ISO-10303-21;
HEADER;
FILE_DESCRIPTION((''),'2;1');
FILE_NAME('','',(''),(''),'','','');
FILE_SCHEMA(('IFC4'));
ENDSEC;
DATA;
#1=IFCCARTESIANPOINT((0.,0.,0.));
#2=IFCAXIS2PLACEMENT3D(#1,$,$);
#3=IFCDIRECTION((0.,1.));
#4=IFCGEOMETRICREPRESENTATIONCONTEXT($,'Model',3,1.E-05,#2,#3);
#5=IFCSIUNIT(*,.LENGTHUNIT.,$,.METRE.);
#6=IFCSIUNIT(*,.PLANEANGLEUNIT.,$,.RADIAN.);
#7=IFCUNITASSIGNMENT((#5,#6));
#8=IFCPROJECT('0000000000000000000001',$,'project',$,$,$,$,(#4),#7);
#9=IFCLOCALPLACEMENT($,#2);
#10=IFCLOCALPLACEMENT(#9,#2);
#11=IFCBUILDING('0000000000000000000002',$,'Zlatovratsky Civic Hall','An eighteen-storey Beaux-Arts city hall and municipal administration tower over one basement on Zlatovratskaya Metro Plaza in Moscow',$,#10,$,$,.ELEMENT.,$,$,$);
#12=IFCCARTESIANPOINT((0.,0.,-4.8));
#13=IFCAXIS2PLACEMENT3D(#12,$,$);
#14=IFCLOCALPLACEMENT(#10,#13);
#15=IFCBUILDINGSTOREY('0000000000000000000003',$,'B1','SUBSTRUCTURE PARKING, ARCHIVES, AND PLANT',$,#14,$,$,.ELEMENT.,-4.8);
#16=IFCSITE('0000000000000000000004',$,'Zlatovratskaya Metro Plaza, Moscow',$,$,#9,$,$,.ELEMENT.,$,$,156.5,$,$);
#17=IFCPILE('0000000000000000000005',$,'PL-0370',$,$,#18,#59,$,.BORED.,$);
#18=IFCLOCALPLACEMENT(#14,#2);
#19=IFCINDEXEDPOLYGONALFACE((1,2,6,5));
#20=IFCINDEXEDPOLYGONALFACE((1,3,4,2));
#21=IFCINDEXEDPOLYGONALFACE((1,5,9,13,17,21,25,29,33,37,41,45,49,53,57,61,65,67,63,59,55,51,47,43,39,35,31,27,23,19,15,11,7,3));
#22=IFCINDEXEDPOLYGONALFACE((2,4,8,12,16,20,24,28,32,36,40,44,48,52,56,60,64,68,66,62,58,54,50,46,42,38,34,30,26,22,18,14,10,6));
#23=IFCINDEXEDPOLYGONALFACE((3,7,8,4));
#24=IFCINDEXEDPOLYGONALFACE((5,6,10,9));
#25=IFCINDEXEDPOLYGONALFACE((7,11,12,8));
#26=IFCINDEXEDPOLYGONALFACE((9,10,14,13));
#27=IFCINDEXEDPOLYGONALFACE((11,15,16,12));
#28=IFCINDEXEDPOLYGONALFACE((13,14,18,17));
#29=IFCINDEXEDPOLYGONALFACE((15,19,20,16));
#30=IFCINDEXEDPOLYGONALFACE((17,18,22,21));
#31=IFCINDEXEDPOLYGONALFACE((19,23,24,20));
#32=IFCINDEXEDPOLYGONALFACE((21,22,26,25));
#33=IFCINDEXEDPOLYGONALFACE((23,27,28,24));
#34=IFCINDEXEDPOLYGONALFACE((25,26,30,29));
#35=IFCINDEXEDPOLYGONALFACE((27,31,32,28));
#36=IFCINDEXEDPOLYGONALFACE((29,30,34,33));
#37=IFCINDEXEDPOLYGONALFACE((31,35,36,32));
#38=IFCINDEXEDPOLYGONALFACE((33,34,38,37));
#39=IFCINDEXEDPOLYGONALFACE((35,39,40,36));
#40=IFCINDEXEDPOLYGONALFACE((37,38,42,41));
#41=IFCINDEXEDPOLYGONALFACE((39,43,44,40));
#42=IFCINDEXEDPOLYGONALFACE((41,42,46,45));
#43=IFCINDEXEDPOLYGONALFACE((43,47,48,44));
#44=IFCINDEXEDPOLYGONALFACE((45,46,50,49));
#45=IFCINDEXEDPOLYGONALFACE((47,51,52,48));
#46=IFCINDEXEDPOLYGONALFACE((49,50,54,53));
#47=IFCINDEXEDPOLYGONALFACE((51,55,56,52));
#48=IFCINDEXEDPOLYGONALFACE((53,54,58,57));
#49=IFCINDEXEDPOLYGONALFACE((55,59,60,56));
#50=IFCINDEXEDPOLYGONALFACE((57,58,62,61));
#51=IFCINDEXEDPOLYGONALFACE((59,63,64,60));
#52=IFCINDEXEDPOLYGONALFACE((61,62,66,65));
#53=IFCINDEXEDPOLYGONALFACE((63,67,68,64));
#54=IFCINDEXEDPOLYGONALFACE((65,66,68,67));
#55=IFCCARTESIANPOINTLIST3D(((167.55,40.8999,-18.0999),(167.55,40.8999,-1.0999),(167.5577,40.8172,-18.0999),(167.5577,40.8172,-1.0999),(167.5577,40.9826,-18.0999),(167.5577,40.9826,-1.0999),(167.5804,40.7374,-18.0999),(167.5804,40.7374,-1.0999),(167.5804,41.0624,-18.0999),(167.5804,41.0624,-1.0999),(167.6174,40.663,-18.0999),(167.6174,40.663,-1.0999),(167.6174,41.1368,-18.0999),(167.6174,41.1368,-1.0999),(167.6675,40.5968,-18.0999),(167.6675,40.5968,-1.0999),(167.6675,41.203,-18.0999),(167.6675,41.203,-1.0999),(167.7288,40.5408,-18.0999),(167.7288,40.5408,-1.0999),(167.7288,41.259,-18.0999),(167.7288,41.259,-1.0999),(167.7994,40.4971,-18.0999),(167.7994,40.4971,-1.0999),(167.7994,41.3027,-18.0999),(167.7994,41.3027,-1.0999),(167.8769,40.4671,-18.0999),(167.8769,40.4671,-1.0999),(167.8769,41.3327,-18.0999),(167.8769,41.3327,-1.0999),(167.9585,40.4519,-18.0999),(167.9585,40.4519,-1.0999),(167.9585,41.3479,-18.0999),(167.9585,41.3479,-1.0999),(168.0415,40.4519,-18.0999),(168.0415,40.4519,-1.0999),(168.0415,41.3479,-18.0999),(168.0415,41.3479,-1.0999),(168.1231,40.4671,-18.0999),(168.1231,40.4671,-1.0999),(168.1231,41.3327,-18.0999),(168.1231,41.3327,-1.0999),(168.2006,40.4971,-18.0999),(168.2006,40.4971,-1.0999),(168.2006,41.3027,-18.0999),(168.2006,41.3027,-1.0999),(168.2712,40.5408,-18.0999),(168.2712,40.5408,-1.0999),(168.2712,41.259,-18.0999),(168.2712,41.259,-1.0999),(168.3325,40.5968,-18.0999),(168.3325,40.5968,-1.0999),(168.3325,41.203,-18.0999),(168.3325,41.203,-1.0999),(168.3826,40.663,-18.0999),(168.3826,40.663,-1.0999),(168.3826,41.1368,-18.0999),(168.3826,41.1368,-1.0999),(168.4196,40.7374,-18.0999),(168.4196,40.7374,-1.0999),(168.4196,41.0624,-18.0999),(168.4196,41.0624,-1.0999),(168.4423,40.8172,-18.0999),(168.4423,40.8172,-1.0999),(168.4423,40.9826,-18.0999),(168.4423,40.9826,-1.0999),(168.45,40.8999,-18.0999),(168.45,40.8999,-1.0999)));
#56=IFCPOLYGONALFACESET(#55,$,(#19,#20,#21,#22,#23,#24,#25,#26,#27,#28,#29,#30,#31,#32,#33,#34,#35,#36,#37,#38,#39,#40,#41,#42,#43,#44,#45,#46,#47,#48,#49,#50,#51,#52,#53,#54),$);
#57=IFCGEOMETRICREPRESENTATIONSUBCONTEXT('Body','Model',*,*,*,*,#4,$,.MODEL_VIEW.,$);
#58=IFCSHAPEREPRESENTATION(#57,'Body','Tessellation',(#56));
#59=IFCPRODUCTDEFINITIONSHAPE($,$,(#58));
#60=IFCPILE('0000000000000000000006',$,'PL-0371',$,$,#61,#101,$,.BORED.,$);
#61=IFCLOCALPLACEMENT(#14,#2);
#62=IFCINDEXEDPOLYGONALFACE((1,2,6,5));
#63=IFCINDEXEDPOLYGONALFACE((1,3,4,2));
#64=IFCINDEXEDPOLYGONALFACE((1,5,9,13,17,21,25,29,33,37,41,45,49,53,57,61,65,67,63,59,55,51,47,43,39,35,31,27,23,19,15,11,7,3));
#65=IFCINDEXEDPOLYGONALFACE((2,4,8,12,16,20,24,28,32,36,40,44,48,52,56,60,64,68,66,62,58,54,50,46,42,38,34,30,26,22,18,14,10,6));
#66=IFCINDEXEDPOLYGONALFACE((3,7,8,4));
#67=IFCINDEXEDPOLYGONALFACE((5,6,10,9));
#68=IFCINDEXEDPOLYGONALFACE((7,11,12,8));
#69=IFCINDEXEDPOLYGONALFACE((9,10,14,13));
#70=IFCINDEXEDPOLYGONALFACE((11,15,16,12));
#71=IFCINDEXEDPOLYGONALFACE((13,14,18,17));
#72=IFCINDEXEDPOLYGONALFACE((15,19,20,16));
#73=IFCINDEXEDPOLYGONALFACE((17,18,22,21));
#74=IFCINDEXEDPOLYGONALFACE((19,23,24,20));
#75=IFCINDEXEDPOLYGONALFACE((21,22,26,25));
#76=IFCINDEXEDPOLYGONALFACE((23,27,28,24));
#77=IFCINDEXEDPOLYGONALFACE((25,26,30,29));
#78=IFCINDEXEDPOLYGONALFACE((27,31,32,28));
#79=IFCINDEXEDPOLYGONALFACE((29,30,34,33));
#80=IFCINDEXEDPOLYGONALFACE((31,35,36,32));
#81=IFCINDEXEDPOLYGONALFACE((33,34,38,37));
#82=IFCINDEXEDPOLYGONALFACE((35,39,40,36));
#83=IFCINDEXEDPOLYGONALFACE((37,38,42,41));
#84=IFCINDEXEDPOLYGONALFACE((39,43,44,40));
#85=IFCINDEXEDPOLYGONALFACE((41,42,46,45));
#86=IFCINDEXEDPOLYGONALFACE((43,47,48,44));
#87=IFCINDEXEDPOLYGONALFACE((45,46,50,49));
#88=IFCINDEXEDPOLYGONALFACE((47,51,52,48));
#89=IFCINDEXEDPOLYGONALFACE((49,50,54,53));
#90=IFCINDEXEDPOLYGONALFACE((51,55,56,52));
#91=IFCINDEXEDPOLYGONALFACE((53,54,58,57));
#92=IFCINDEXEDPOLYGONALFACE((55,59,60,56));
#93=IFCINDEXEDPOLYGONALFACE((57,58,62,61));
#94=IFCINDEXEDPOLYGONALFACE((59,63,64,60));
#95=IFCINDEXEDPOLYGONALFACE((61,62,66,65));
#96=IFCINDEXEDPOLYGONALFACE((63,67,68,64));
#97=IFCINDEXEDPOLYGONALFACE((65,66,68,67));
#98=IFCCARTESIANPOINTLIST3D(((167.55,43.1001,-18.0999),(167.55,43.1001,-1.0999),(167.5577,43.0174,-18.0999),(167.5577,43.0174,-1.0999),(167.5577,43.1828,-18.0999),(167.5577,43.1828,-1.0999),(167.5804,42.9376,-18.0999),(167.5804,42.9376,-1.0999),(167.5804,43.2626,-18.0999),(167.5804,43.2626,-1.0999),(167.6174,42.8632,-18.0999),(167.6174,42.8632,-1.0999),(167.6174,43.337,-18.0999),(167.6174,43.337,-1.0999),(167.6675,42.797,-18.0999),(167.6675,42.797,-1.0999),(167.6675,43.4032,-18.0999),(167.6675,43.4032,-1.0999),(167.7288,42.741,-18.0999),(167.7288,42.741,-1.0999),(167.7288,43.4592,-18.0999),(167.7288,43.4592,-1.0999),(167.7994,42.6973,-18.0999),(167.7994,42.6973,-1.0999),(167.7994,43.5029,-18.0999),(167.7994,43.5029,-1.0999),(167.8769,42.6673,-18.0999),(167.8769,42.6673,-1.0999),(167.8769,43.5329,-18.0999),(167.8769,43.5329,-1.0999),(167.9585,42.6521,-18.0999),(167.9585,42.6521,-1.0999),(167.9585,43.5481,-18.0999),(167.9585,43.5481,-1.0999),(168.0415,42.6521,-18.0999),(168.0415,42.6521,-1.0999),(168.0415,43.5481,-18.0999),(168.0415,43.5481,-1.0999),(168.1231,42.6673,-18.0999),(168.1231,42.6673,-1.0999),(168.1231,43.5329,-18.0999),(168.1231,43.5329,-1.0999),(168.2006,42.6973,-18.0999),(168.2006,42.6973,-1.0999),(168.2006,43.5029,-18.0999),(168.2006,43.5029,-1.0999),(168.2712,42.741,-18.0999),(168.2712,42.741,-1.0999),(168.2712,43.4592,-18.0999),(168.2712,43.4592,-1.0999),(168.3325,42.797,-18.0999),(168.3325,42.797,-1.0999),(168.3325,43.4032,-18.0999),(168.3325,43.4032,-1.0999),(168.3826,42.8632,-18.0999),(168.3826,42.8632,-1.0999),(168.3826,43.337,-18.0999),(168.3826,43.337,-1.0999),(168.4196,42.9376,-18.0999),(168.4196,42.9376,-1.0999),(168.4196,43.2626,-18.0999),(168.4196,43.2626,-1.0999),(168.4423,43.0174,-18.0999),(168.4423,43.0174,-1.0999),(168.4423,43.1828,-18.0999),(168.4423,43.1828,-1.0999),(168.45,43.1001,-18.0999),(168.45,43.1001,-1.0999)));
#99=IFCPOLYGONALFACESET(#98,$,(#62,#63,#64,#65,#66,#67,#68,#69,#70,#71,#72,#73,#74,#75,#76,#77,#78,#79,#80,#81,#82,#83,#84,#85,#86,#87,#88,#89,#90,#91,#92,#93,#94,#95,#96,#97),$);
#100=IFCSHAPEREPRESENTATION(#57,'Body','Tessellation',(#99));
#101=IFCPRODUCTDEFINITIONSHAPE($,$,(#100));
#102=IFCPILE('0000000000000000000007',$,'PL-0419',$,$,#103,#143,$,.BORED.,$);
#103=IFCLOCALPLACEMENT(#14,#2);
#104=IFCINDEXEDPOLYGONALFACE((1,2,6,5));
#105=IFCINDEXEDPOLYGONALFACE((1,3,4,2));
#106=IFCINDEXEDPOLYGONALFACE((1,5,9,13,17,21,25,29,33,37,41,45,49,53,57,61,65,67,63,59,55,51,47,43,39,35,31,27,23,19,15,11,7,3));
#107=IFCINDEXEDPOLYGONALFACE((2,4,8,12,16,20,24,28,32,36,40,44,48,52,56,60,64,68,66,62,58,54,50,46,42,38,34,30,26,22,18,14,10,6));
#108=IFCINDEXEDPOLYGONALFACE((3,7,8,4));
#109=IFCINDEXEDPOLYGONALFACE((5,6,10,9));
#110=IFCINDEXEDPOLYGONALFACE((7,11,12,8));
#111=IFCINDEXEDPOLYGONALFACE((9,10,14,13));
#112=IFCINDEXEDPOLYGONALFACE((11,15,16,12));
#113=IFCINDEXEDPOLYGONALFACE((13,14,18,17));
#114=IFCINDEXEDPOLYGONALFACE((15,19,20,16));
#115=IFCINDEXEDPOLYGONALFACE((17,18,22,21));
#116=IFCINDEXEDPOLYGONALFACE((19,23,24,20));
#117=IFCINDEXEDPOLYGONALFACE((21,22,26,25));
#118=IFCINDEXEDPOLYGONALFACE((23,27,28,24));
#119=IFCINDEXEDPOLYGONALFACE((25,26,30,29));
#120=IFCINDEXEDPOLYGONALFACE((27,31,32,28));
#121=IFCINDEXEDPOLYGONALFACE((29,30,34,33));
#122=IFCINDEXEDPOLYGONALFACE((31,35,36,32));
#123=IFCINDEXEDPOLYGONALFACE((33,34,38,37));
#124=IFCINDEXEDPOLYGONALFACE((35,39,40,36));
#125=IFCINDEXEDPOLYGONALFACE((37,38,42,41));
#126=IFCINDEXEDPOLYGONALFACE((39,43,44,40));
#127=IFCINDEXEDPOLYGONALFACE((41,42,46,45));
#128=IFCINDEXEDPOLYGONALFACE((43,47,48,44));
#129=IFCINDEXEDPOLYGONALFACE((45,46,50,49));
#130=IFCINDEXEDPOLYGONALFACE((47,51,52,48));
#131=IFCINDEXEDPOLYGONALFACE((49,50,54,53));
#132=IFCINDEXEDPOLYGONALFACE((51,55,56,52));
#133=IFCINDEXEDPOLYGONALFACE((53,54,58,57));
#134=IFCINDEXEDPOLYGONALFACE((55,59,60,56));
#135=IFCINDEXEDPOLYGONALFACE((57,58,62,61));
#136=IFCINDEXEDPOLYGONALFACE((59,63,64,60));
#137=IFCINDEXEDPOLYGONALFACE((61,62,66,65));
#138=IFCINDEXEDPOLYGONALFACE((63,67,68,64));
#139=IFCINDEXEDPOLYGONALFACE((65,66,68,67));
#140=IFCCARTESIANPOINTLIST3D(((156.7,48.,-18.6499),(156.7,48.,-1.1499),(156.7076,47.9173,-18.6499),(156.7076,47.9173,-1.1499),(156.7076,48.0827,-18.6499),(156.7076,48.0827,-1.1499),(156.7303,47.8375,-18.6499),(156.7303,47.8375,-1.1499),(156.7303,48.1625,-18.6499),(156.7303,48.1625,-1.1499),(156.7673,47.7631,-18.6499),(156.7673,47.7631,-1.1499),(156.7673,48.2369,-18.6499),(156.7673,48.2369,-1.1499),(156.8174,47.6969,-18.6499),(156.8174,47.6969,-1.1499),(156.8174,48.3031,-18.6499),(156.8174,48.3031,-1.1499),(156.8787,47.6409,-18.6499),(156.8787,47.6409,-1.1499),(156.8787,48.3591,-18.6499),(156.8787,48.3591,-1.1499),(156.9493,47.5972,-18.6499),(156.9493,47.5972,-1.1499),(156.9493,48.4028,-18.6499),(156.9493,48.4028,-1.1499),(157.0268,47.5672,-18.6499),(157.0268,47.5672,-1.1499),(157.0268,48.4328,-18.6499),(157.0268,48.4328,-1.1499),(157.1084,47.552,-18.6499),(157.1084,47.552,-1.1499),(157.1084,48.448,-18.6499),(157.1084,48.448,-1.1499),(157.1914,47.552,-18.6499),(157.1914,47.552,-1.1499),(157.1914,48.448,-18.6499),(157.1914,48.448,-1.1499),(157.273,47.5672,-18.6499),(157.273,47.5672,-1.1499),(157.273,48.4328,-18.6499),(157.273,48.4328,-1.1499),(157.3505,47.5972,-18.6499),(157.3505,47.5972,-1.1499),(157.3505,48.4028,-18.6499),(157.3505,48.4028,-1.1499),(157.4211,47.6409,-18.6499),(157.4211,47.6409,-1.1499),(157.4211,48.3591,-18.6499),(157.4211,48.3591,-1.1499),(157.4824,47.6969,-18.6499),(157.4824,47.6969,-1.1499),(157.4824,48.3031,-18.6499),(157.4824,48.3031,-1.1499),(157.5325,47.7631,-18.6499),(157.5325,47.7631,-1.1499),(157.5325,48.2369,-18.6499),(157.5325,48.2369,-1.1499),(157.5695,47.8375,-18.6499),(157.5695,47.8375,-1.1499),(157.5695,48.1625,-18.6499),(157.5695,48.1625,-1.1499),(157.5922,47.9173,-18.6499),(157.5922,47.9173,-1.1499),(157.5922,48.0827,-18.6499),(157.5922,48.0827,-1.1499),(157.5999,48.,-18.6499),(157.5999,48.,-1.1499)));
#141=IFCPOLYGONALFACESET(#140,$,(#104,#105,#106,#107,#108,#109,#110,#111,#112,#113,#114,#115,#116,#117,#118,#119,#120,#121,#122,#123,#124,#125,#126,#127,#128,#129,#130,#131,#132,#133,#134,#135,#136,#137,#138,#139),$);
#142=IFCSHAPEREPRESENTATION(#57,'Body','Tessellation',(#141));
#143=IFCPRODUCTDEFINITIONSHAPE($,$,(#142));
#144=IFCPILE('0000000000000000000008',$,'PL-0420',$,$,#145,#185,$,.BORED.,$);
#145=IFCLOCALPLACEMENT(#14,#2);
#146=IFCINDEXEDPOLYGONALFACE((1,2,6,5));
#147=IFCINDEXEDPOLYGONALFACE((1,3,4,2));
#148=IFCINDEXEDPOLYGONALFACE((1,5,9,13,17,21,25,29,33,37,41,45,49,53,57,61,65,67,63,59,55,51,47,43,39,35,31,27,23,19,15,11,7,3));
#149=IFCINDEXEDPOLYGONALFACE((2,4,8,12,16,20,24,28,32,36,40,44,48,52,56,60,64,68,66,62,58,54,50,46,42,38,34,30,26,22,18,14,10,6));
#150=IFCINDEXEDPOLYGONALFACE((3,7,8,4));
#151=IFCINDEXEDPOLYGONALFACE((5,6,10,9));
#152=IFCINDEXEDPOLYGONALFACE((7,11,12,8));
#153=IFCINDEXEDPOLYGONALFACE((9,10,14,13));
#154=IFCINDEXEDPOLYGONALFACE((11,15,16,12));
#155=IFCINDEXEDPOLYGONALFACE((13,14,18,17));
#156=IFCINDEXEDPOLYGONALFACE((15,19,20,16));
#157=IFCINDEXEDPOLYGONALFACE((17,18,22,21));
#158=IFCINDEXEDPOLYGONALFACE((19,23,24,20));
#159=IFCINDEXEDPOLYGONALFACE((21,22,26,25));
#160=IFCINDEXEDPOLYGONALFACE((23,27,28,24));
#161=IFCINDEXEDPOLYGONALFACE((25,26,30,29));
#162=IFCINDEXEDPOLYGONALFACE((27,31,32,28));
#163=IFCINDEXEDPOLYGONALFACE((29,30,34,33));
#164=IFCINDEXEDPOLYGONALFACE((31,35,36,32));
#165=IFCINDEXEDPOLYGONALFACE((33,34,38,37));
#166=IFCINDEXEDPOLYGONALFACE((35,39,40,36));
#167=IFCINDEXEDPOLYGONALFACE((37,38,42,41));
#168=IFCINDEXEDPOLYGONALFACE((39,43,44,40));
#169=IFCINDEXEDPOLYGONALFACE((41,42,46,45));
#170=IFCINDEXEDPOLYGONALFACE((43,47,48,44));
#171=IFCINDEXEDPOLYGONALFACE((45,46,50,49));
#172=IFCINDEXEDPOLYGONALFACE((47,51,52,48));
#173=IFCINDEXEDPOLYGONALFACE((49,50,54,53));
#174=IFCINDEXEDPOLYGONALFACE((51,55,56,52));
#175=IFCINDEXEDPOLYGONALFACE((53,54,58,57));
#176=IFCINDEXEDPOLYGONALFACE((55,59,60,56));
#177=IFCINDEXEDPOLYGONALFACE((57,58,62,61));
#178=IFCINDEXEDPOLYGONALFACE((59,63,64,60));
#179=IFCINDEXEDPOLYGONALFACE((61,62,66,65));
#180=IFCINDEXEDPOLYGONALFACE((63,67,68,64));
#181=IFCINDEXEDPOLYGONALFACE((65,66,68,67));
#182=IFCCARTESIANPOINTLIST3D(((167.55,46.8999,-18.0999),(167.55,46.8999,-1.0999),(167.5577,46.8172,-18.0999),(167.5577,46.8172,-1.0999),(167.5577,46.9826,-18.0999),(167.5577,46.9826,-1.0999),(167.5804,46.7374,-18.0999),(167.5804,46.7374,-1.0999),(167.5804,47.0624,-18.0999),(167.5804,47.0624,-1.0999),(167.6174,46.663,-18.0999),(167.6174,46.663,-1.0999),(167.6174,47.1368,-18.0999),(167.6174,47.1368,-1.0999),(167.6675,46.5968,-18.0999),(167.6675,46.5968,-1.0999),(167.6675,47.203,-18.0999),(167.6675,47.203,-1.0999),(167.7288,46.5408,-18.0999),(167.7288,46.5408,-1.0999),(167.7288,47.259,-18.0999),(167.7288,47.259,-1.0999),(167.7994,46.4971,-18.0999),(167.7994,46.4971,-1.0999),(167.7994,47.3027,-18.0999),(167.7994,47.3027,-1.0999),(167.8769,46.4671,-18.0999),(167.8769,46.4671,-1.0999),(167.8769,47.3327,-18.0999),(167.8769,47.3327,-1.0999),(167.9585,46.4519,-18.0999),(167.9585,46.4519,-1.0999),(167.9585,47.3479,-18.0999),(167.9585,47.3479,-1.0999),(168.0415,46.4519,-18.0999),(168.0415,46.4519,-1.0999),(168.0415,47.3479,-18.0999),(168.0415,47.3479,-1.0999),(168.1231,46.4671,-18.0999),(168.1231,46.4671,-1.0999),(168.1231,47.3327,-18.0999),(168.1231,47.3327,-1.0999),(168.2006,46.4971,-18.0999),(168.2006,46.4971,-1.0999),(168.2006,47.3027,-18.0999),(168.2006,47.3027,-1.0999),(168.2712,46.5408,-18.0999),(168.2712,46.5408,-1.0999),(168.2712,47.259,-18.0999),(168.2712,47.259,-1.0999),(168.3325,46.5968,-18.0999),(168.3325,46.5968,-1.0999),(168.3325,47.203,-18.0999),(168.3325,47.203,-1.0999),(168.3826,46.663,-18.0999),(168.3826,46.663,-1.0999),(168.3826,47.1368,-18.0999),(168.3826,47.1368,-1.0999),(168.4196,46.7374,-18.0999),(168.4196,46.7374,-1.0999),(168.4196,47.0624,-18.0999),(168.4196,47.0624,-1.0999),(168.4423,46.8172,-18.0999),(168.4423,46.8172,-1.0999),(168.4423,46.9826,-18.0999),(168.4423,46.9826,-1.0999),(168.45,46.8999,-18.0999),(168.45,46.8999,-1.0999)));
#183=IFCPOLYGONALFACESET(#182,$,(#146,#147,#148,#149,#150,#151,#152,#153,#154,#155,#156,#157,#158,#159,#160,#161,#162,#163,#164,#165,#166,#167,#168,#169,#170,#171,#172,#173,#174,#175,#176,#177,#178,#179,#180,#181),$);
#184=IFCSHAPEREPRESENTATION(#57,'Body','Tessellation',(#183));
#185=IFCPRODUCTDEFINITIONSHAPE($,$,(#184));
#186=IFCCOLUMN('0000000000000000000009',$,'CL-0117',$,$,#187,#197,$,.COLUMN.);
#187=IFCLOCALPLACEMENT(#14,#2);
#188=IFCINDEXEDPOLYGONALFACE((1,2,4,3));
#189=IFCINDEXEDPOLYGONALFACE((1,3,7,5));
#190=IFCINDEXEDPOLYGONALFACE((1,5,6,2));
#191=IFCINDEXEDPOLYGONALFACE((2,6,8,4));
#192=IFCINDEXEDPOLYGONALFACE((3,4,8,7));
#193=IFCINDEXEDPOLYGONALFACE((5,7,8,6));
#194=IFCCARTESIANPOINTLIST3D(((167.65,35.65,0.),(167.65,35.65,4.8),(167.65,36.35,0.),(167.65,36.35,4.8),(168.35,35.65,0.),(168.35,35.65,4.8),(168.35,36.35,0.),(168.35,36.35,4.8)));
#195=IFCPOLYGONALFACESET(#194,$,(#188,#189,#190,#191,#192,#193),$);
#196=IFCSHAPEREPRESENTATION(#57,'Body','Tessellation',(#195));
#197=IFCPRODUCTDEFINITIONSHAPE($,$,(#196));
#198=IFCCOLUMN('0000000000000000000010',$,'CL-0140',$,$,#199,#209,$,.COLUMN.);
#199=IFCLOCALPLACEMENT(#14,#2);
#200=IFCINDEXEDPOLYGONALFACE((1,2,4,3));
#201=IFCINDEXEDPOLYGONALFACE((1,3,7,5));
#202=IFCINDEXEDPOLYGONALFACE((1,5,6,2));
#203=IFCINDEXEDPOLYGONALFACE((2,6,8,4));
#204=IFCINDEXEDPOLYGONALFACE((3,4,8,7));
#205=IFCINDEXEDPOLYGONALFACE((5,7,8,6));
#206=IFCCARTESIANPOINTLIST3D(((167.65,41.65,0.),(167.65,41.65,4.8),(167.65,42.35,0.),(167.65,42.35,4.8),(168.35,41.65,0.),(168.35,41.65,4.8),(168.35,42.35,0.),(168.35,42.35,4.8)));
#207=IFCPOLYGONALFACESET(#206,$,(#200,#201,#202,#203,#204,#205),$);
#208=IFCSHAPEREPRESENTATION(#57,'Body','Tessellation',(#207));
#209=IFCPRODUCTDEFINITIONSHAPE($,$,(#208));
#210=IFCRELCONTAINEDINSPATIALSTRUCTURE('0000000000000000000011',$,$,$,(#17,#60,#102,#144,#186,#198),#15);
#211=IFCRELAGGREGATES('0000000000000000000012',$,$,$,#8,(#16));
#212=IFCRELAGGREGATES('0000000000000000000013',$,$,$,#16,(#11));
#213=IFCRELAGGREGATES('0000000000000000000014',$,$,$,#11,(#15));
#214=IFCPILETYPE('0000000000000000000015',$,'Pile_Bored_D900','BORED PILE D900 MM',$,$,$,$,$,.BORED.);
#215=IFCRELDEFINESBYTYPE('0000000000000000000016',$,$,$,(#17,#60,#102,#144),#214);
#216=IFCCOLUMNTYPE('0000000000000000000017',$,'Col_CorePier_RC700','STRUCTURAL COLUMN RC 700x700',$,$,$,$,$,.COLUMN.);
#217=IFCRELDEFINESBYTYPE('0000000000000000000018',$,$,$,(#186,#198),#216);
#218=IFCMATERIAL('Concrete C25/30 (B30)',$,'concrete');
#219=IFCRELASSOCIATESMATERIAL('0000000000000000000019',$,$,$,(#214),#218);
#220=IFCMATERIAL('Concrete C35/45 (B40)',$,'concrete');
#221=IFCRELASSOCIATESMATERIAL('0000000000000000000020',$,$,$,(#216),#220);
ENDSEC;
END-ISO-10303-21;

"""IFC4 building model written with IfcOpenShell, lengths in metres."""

from ifc_helpers import new_model, si_unit, direction, frame, origin, origin_2d, place, context, subcontext, project, spatial, rectangle, circle, extrude, material, material_profile, profile_set, type_object, element, save


model = new_model("IFC4")

# Units and contexts
model_context = context("Model", 3, precision=1e-05, world=origin(), true_north=direction((0.0, 1.0)))
body_context = subcontext(model_context, "Body", "Model", "MODEL_VIEW")
ifc_project = project(units=[si_unit("LENGTHUNIT", "METRE"), si_unit("PLANEANGLEUNIT", "RADIAN")], contexts=[model_context])

# Site, building, storey
site_placement = place(None, origin())
site = spatial("IfcSite", under=ifc_project, at=site_placement, Name="Zlatovratskaya Metro Plaza, Moscow", CompositionType="ELEMENT", RefElevation=156.5)
building_placement = place(site_placement, origin())
building = spatial("IfcBuilding", under=site, at=building_placement, Name="Zlatovratsky Civic Hall", Description="An eighteen-storey Beaux-Arts city hall and municipal administration tower over one basement on Zlatovratskaya Metro Plaza in Moscow", CompositionType="ELEMENT")
storey_placement = place(building_placement, frame((0.0, 0.0, -4.8)))
storey = spatial("IfcBuildingStorey", under=building, at=storey_placement, Name="B1", Description="SUBSTRUCTURE PARKING, ARCHIVES, AND PLANT", CompositionType="ELEMENT", Elevation=-4.8)

# Shared definitions
ifc_material_1 = material(Name="Concrete C25/30 (B30)", Category="concrete")

# Piles
ifc_material_profile_1 = material_profile(ifc_material_1, circle(Radius=0.45, at=origin_2d()), Name="PILE D900")
ifc_profile_set_1 = profile_set([ifc_material_profile_1], Name="Concrete C25/30 (B30)")
pile_type = type_object("IfcPileType", Name="Pile_Bored_D900", Description="BORED PILE D900 MM", PredefinedType="BORED", material=ifc_profile_set_1)
for number, where, z_axis, x_axis, name in (
    (1, (168.0, 40.8999, -1.0999), (0.0, 0.0, -1.0), (1.0, 0.0, 0.0), "PL-0370"),
    (2, (168.0, 43.1001, -1.0999), (0.0, 0.0, -1.0), (1.0, 0.0, 0.0), "PL-0371"),
):
    element("IfcPile", number, at=place(storey_placement, frame(where, z_axis=z_axis, x_axis=x_axis)), inside=storey, type_object=pile_type, Name=name, PredefinedType="BORED", context=body_context, shape_type="SweptSolid", body=[
        extrude(circle(Radius=0.45, at=origin_2d()), origin(), (0.0, 0.0, 1.0), 17.0),
    ])
pile_1_placement = place(storey_placement, frame((157.1499, 48.0, -1.1499), z_axis=(0.0, 0.0, -1.0), x_axis=(1.0, 0.0, 0.0)))
element("IfcPile", 3, at=pile_1_placement, inside=storey, type_object=pile_type, Name="PL-0419", PredefinedType="BORED", context=body_context, shape_type="SweptSolid", body=[
    extrude(circle(Radius=0.45, at=origin_2d()), origin(), (0.0, 0.0, 1.0), 17.5),
])
pile_2_placement = place(storey_placement, frame((168.0, 46.8999, -1.0999), z_axis=(0.0, 0.0, -1.0), x_axis=(1.0, 0.0, 0.0)))
element("IfcPile", 4, at=pile_2_placement, inside=storey, type_object=pile_type, Name="PL-0420", PredefinedType="BORED", context=body_context, shape_type="SweptSolid", body=[
    extrude(circle(Radius=0.45, at=origin_2d()), origin(), (0.0, 0.0, 1.0), 17.0),
])

# Columns
ifc_material_2 = material(Name="Concrete C35/45 (B40)", Category="concrete")
ifc_material_profile_2 = material_profile(ifc_material_2, rectangle(XDim=0.7, YDim=0.7, at=origin_2d()), Name="RC 700x700")
ifc_profile_set_2 = profile_set([ifc_material_profile_2], Name="Concrete C35/45 (B40)")
column_type_1 = type_object("IfcColumnType", Name="Col_CorePier_RC700", Description="STRUCTURAL COLUMN RC 700x700", PredefinedType="COLUMN", material=ifc_profile_set_2)
for number, where, z_axis, x_axis, name in (
    (5, (168.0, 36.0, 0.0), (0.0, 0.0, 1.0), (1.0, 0.0, 0.0), "CL-0117"),
    (6, (168.0, 42.0, 0.0), (0.0, 0.0, 1.0), (1.0, 0.0, 0.0), "CL-0140"),
):
    element("IfcColumn", number, at=place(storey_placement, frame(where, z_axis=z_axis, x_axis=x_axis)), inside=storey, type_object=column_type_1, Name=name, PredefinedType="COLUMN", context=body_context, shape_type="SweptSolid", body=[
        extrude(rectangle(XDim=0.7, YDim=0.7, at=origin_2d()), origin(), (0.0, 0.0, 1.0), 4.8),
    ])

save(model, "model.ifc")
